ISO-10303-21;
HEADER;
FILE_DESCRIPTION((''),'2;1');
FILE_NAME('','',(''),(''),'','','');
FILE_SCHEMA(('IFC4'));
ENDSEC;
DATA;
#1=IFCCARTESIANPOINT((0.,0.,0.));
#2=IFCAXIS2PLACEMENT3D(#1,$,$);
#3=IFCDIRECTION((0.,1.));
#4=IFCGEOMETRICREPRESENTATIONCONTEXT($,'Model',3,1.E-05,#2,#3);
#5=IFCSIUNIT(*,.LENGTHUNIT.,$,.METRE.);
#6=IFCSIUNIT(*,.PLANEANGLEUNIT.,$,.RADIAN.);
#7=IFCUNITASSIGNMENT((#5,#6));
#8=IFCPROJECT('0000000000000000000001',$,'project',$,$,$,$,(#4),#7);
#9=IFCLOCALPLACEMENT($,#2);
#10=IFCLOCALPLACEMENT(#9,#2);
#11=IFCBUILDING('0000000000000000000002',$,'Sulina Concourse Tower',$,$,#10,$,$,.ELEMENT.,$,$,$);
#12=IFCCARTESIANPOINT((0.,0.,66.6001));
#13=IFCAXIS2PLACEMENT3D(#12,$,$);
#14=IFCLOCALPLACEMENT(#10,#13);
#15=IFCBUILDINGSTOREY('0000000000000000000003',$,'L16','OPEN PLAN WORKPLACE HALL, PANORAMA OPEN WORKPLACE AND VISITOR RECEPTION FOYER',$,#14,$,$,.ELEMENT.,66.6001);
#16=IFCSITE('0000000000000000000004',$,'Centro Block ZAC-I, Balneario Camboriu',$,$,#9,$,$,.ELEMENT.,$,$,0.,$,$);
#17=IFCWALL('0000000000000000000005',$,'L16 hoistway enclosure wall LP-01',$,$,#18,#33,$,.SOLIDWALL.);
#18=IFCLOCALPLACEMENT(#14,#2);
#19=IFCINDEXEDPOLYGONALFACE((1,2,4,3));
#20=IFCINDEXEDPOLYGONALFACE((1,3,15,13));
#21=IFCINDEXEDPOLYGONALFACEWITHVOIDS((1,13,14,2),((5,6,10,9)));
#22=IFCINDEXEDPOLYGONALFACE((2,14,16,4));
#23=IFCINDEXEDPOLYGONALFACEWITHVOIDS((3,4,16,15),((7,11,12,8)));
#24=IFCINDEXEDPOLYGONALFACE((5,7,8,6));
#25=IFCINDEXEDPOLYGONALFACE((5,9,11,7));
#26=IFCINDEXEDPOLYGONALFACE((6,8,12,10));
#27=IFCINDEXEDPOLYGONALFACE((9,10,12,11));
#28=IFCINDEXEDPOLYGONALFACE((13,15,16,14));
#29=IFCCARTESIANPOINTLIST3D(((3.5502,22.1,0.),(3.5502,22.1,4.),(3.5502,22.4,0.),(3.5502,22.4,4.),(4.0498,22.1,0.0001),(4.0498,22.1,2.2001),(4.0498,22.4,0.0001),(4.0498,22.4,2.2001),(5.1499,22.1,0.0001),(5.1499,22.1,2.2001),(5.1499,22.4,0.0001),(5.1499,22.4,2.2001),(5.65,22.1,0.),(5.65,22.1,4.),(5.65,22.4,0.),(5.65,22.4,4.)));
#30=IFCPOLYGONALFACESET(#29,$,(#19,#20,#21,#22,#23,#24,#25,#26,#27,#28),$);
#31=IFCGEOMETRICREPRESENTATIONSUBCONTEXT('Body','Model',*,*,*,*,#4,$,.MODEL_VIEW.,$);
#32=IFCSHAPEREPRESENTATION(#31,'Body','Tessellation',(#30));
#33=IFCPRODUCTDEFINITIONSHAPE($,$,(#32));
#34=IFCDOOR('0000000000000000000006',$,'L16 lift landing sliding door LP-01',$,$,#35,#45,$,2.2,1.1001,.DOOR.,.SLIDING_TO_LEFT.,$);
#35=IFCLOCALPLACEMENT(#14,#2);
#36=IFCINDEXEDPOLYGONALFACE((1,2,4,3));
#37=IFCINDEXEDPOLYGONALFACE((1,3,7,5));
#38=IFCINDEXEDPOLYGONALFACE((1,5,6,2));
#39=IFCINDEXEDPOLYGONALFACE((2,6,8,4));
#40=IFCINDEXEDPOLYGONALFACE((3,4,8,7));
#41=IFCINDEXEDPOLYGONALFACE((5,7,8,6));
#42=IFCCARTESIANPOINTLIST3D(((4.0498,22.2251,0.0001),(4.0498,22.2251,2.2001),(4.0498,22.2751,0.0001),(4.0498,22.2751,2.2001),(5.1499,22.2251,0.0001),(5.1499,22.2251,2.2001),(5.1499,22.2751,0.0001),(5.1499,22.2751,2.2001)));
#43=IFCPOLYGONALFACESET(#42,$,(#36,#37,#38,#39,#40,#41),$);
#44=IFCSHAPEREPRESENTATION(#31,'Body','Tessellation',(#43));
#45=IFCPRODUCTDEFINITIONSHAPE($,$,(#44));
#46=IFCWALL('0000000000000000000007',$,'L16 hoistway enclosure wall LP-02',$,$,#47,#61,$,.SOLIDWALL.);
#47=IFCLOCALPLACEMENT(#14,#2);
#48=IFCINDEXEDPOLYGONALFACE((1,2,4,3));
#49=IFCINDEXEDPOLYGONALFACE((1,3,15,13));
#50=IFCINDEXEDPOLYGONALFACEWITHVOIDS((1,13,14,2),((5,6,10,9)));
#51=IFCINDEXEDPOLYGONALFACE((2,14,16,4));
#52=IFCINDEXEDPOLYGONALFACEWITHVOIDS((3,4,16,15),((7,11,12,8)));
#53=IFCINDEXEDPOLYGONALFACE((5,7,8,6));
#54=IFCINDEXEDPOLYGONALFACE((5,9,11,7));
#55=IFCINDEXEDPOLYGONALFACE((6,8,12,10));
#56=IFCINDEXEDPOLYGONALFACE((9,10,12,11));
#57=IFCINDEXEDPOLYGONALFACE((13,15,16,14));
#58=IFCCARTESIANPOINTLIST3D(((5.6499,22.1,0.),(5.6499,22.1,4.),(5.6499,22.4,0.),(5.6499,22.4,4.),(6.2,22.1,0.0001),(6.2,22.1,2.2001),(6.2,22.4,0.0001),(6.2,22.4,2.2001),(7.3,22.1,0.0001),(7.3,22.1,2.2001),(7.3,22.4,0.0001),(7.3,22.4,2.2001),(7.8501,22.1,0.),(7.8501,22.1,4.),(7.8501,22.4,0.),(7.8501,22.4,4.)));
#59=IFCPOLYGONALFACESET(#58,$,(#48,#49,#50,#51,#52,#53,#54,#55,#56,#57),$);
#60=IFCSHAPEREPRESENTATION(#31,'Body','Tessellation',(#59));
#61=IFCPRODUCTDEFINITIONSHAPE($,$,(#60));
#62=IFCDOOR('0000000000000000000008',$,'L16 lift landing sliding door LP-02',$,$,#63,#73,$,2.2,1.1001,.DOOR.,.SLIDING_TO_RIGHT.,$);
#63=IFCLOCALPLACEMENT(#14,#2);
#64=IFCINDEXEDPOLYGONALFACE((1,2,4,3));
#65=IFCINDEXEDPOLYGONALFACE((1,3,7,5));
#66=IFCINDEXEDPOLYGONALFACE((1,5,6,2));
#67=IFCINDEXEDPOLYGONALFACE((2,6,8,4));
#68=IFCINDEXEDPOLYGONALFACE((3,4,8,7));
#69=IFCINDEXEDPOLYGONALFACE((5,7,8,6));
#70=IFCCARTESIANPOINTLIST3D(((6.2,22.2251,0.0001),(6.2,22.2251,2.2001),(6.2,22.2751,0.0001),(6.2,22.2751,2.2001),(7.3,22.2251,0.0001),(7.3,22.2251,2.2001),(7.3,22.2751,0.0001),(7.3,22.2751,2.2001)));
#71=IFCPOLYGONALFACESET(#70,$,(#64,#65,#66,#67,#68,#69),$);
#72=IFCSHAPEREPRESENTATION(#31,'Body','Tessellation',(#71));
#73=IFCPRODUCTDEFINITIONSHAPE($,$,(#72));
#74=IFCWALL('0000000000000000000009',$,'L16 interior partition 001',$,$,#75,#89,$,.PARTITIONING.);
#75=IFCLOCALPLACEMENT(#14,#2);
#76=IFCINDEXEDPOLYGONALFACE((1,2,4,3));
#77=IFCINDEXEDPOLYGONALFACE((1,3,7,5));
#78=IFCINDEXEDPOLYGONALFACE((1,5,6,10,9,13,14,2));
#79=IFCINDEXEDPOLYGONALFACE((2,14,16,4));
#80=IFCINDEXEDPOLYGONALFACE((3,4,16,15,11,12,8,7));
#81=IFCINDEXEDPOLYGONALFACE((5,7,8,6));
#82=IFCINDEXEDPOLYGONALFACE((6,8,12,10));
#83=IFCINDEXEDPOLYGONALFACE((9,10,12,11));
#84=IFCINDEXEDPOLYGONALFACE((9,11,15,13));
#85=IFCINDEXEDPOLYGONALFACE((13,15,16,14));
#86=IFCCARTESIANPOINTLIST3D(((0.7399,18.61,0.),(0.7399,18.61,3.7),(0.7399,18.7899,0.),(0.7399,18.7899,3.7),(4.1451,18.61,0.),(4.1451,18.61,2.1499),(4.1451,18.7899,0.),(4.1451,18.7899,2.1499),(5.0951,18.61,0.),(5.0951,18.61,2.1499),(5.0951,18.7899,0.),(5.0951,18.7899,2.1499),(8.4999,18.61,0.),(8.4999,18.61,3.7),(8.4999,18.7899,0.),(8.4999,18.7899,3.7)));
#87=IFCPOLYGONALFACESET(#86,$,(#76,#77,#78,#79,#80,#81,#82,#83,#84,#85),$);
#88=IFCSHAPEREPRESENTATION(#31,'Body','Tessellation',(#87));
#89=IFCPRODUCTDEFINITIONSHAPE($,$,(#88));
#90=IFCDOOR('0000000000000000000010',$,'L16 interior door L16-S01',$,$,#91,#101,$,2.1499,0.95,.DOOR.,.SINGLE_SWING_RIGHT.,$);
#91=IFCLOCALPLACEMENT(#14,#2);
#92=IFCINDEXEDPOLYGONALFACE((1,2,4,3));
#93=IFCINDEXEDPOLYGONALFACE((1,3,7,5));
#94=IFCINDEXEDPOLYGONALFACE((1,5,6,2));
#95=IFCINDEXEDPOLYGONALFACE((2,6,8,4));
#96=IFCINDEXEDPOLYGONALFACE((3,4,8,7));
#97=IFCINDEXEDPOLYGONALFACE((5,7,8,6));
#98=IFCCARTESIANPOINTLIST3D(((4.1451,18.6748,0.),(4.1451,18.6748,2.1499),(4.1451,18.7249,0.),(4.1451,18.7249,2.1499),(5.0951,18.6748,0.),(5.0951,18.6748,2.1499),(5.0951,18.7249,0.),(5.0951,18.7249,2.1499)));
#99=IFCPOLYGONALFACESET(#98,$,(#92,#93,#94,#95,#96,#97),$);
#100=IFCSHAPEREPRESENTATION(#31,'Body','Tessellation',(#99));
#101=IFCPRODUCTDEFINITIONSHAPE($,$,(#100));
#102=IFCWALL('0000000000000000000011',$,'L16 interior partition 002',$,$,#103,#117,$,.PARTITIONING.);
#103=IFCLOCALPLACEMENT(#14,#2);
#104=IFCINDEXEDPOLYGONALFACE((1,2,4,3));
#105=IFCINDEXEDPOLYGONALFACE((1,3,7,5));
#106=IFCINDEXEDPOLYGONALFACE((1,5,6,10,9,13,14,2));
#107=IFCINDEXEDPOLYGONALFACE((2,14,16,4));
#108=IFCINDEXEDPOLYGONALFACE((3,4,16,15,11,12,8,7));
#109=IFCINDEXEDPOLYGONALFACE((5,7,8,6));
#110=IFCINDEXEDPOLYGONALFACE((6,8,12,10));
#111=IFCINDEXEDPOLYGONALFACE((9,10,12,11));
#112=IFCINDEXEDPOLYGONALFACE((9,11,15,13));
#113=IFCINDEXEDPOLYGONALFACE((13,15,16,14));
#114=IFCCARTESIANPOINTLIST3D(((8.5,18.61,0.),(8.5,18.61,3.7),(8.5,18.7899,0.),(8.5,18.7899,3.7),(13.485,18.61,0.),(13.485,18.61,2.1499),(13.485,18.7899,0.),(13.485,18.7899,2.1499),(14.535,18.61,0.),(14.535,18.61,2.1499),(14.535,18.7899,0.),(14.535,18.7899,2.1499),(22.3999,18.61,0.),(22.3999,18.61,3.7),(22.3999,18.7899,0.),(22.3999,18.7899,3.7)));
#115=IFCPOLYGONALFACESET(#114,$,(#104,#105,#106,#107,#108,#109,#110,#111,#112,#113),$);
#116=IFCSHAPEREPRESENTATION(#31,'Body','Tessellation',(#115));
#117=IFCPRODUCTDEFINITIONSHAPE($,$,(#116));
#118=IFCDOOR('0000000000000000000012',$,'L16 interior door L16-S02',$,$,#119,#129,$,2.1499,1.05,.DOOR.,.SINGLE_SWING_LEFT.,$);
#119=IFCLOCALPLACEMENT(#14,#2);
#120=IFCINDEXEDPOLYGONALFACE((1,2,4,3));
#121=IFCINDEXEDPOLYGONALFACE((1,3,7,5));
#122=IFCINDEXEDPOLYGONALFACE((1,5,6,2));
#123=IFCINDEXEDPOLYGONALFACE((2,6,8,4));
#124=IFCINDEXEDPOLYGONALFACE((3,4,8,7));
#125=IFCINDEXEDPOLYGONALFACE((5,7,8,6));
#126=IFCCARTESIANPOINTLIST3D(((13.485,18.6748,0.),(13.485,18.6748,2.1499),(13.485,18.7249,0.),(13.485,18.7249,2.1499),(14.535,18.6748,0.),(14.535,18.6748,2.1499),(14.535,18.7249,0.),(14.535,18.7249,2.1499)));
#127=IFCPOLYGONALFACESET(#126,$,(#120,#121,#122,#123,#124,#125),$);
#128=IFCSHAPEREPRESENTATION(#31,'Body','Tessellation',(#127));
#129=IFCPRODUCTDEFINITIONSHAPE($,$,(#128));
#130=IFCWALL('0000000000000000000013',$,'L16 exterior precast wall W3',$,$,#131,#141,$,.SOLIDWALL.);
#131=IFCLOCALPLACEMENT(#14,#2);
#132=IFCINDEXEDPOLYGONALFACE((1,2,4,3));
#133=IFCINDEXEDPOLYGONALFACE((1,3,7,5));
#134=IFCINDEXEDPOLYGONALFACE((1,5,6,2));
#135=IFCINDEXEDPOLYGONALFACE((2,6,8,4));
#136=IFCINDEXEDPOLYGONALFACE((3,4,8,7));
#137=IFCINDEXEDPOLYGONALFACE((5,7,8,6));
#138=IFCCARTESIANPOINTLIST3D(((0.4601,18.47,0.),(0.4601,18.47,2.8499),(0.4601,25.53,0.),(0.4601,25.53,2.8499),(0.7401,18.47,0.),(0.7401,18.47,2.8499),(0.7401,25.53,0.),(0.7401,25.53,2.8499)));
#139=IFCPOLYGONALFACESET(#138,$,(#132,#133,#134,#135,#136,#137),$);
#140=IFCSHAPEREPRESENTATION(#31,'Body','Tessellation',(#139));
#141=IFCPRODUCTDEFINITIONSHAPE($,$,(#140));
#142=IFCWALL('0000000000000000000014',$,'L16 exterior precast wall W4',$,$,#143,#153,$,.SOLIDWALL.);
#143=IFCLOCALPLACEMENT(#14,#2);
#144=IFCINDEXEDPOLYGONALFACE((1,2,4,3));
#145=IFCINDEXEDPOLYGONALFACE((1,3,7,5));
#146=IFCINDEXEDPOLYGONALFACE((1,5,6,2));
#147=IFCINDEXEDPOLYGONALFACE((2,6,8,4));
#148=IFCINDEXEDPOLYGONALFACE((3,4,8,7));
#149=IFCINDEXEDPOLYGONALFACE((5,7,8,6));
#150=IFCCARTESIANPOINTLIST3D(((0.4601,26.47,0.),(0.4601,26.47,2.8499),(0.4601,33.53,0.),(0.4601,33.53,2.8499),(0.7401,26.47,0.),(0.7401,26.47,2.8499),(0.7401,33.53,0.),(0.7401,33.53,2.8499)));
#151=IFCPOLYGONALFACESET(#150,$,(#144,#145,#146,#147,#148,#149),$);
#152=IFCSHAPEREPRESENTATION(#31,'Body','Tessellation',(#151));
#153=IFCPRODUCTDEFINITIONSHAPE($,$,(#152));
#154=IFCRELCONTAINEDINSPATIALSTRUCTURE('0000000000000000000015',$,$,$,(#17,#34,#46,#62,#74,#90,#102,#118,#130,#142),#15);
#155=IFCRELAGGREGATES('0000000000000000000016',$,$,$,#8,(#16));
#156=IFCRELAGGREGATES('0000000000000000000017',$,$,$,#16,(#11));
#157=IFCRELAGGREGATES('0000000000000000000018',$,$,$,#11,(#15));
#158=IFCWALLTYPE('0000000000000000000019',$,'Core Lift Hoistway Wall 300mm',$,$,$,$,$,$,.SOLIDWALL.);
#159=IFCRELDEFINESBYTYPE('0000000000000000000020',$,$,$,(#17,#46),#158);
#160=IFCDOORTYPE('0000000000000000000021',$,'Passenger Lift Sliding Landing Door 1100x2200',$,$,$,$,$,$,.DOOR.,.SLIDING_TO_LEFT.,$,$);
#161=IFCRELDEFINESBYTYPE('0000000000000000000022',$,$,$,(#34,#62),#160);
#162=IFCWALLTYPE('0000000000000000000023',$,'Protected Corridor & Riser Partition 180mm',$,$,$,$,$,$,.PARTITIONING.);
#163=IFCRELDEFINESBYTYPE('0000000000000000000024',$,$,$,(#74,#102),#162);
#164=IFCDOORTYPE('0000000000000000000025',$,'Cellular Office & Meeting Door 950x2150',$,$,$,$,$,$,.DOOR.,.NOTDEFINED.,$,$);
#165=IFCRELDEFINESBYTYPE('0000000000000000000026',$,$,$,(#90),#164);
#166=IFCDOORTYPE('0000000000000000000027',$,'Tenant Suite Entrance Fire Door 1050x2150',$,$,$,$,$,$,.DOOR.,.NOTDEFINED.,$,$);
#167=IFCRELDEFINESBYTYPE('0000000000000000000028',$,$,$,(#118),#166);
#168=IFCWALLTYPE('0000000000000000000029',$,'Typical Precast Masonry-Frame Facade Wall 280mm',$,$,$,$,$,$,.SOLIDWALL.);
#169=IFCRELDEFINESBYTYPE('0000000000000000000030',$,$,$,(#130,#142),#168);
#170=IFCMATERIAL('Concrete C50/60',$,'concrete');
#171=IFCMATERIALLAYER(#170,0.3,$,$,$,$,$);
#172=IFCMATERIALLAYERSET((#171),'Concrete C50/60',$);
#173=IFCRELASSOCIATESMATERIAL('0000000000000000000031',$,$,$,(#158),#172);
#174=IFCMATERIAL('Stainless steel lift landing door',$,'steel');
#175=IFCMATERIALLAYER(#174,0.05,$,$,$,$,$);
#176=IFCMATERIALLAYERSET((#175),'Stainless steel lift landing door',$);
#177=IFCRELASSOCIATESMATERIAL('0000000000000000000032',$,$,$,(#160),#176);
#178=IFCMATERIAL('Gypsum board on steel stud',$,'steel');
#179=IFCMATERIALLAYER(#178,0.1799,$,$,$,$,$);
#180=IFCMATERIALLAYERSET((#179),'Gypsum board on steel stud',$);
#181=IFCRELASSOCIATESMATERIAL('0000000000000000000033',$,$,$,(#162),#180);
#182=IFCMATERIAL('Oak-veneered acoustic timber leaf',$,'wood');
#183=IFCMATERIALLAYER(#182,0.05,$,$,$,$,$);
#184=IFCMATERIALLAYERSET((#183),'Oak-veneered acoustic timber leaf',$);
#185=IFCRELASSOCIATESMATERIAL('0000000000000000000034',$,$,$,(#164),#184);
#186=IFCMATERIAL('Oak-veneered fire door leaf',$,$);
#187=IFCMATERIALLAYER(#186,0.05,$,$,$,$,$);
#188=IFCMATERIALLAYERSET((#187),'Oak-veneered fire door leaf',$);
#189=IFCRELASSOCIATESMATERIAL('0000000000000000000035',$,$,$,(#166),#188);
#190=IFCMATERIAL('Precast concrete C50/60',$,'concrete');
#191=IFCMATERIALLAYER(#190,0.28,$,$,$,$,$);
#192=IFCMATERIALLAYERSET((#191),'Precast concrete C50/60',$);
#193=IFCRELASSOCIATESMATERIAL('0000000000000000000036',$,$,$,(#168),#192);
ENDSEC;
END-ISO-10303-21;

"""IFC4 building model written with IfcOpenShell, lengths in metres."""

from ifc_helpers import new_model, si_unit, direction, frame, frame_2d, origin, place, context, subcontext, project, spatial, rectangle, extrude, material, layer, layer_set, type_object, element, fill, save


model = new_model("IFC4")

# Units and contexts
model_context = context("Model", 3, precision=1e-05, world=origin(), true_north=direction((0.0, 1.0)))
body_context = subcontext(model_context, "Body", "Model", "MODEL_VIEW")
ifc_project = project(units=[si_unit("LENGTHUNIT", "METRE"), si_unit("PLANEANGLEUNIT", "RADIAN")], contexts=[model_context])

# Site, building, storey
site_placement = place(None, origin())
site = spatial("IfcSite", under=ifc_project, at=site_placement, Name="Centro Block ZAC-I, Balneario Camboriu", CompositionType="ELEMENT", RefElevation=0.0)
building_placement = place(site_placement, origin())
building = spatial("IfcBuilding", under=site, at=building_placement, Name="Sulina Concourse Tower", CompositionType="ELEMENT")
storey_placement = place(building_placement, frame((0.0, 0.0, 66.6001)))
storey = spatial("IfcBuildingStorey", under=building, at=storey_placement, Name="L16", Description="OPEN PLAN WORKPLACE HALL, PANORAMA OPEN WORKPLACE AND VISITOR RECEPTION FOYER", CompositionType="ELEMENT", Elevation=66.6001)

# Walls, openings, doors
ifc_material_1 = material(Name="Concrete C50/60", Category="concrete")
ifc_layer_1 = layer(ifc_material_1, 0.3)
ifc_layer_set_1 = layer_set([ifc_layer_1], Name="Concrete C50/60")
wall_type_1 = type_object("IfcWallType", Name="Core Lift Hoistway Wall 300mm", PredefinedType="SOLIDWALL", material=ifc_layer_set_1)
wall_1_placement = place(storey_placement, frame((5.6499, 22.25, 0.0), z_axis=(0.0, 0.0, 1.0), x_axis=(-1.0, 0.0, 0.0)))
wall_1 = element("IfcWall", 1, at=wall_1_placement, inside=storey, type_object=wall_type_1, Name="L16 hoistway enclosure wall LP-01", PredefinedType="SOLIDWALL", context=body_context, shape_type="SweptSolid", body=[
    extrude(rectangle(XDim=2.0999, YDim=0.3, at=frame_2d((1.0498, 0.0))), origin(), (0.0, 0.0, 1.0), 4.0),
])
opening_1_placement = place(wall_1_placement, frame((0.5, 0.0, 0.0)))
opening_1 = element("IfcOpeningElement", 2, at=opening_1_placement, cuts=wall_1, PredefinedType="OPENING", context=body_context, shape_type="SweptSolid", body=[
    extrude(rectangle(XDim=1.1001, YDim=2.2, at=frame_2d((0.55, 1.1001))), frame((0.0, 0.1599, 0.0), z_axis=(0.0, -1.0, 0.0), x_axis=(1.0, 0.0, 0.0)), (0.0, 0.0, 1.0), 0.3201),
])
ifc_material_2 = material(Name="Stainless steel lift landing door", Category="steel")
ifc_layer_2 = layer(ifc_material_2, 0.05)
ifc_layer_set_2 = layer_set([ifc_layer_2], Name="Stainless steel lift landing door")
door_type_1 = type_object("IfcDoorType", Name="Passenger Lift Sliding Landing Door 1100x2200", OperationType="SLIDING_TO_LEFT", PredefinedType="DOOR", material=ifc_layer_set_2)
door_1_placement = place(opening_1_placement, origin())
door_1 = element("IfcDoor", 3, at=door_1_placement, inside=storey, type_object=door_type_1, Name="L16 lift landing sliding door LP-01", OperationType="SLIDING_TO_LEFT", OverallHeight=2.2, OverallWidth=1.1001, PredefinedType="DOOR", context=body_context, shape_type="SweptSolid", body=[
    extrude(rectangle(XDim=1.1001, YDim=2.2, at=frame_2d((0.55, 1.1001))), frame((0.0, 0.0249, 0.0), z_axis=(0.0, -1.0, 0.0), x_axis=(1.0, 0.0, 0.0)), (0.0, 0.0, 1.0), 0.05),
])
fill(opening_1, door_1)
wall_2_placement = place(storey_placement, frame((7.8501, 22.25, 0.0), z_axis=(0.0, 0.0, 1.0), x_axis=(-1.0, 0.0, 0.0)))
wall_2 = element("IfcWall", 4, at=wall_2_placement, inside=storey, type_object=wall_type_1, Name="L16 hoistway enclosure wall LP-02", PredefinedType="SOLIDWALL", context=body_context, shape_type="SweptSolid", body=[
    extrude(rectangle(XDim=2.2002, YDim=0.3, at=frame_2d((1.1001, 0.0))), origin(), (0.0, 0.0, 1.0), 4.0),
])
opening_2_placement = place(wall_2_placement, frame((0.55, 0.0, 0.0)))
opening_2 = element("IfcOpeningElement", 5, at=opening_2_placement, cuts=wall_2, PredefinedType="OPENING", context=body_context, shape_type="SweptSolid", body=[
    extrude(rectangle(XDim=1.1001, YDim=2.2, at=frame_2d((0.55, 1.1001))), frame((0.0, 0.1599, 0.0), z_axis=(0.0, -1.0, 0.0), x_axis=(1.0, 0.0, 0.0)), (0.0, 0.0, 1.0), 0.3201),
])
door_2_placement = place(opening_2_placement, origin())
door_2 = element("IfcDoor", 6, at=door_2_placement, inside=storey, type_object=door_type_1, Name="L16 lift landing sliding door LP-02", OperationType="SLIDING_TO_RIGHT", OverallHeight=2.2, OverallWidth=1.1001, PredefinedType="DOOR", context=body_context, shape_type="SweptSolid", body=[
    extrude(rectangle(XDim=1.1001, YDim=2.2, at=frame_2d((0.55, 1.1001))), frame((0.0, 0.0249, 0.0), z_axis=(0.0, -1.0, 0.0), x_axis=(1.0, 0.0, 0.0)), (0.0, 0.0, 1.0), 0.05),
])
fill(opening_2, door_2)
ifc_material_3 = material(Name="Gypsum board on steel stud", Category="steel")
ifc_layer_3 = layer(ifc_material_3, 0.1799)
ifc_layer_set_3 = layer_set([ifc_layer_3], Name="Gypsum board on steel stud")
wall_type_2 = type_object("IfcWallType", Name="Protected Corridor & Riser Partition 180mm", PredefinedType="PARTITIONING", material=ifc_layer_set_3)
wall_3_placement = place(storey_placement, frame((0.74, 18.7, 0.0), z_axis=(0.0, 0.0, 1.0), x_axis=(1.0, 0.0, 0.0)))
wall_3 = element("IfcWall", 7, at=wall_3_placement, inside=storey, type_object=wall_type_2, Name="L16 interior partition 001", PredefinedType="PARTITIONING", context=body_context, shape_type="SweptSolid", body=[
    extrude(rectangle(XDim=7.76, YDim=0.1799, at=frame_2d((3.8799, 0.0))), origin(), (0.0, 0.0, 1.0), 3.7),
])
opening_3_placement = place(wall_3_placement, frame((3.405, 0.0, 0.0)))
opening_3 = element("IfcOpeningElement", 8, at=opening_3_placement, cuts=wall_3, PredefinedType="OPENING", context=body_context, shape_type="SweptSolid", body=[
    extrude(rectangle(XDim=0.95, YDim=2.1499, at=frame_2d((0.4751, 1.075))), frame((0.0, 0.0999, 0.0), z_axis=(0.0, -1.0, 0.0), x_axis=(1.0, 0.0, 0.0)), (0.0, 0.0, 1.0), 0.2),
])
ifc_material_4 = material(Name="Oak-veneered acoustic timber leaf", Category="wood")
ifc_layer_4 = layer(ifc_material_4, 0.05)
ifc_layer_set_4 = layer_set([ifc_layer_4], Name="Oak-veneered acoustic timber leaf")
door_type_2 = type_object("IfcDoorType", Name="Cellular Office & Meeting Door 950x2150", OperationType="NOTDEFINED", PredefinedType="DOOR", material=ifc_layer_set_4)
door_3_placement = place(opening_3_placement, origin())
door_3 = element("IfcDoor", 9, at=door_3_placement, inside=storey, type_object=door_type_2, Name="L16 interior door L16-S01", OperationType="SINGLE_SWING_RIGHT", OverallHeight=2.1499, OverallWidth=0.95, PredefinedType="DOOR", context=body_context, shape_type="SweptSolid", body=[
    extrude(rectangle(XDim=0.95, YDim=2.1499, at=frame_2d((0.4751, 1.075))), frame((0.0, 0.0249, 0.0), z_axis=(0.0, -1.0, 0.0), x_axis=(1.0, 0.0, 0.0)), (0.0, 0.0, 1.0), 0.05),
])
fill(opening_3, door_3)
wall_4_placement = place(storey_placement, frame((8.5, 18.7, 0.0), z_axis=(0.0, 0.0, 1.0), x_axis=(1.0, 0.0, 0.0)))
wall_4 = element("IfcWall", 10, at=wall_4_placement, inside=storey, type_object=wall_type_2, Name="L16 interior partition 002", PredefinedType="PARTITIONING", context=body_context, shape_type="SweptSolid", body=[
    extrude(rectangle(XDim=13.8999, YDim=0.1799, at=frame_2d((6.95, 0.0))), origin(), (0.0, 0.0, 1.0), 3.7),
])
opening_4_placement = place(wall_4_placement, frame((4.9851, 0.0, 0.0)))
opening_4 = element("IfcOpeningElement", 11, at=opening_4_placement, cuts=wall_4, PredefinedType="OPENING", context=body_context, shape_type="SweptSolid", body=[
    extrude(rectangle(XDim=1.05, YDim=2.1499, at=frame_2d((0.5249, 1.075))), frame((0.0, 0.0999, 0.0), z_axis=(0.0, -1.0, 0.0), x_axis=(1.0, 0.0, 0.0)), (0.0, 0.0, 1.0), 0.2),
])
ifc_material_5 = material(Name="Oak-veneered fire door leaf")
ifc_layer_5 = layer(ifc_material_5, 0.05)
ifc_layer_set_5 = layer_set([ifc_layer_5], Name="Oak-veneered fire door leaf")
door_type_3 = type_object("IfcDoorType", Name="Tenant Suite Entrance Fire Door 1050x2150", OperationType="NOTDEFINED", PredefinedType="DOOR", material=ifc_layer_set_5)
door_4_placement = place(opening_4_placement, origin())
door_4 = element("IfcDoor", 12, at=door_4_placement, inside=storey, type_object=door_type_3, Name="L16 interior door L16-S02", OperationType="SINGLE_SWING_LEFT", OverallHeight=2.1499, OverallWidth=1.05, PredefinedType="DOOR", context=body_context, shape_type="SweptSolid", body=[
    extrude(rectangle(XDim=1.05, YDim=2.1499, at=frame_2d((0.5249, 1.075))), frame((0.0, 0.0249, 0.0), z_axis=(0.0, -1.0, 0.0), x_axis=(1.0, 0.0, 0.0)), (0.0, 0.0, 1.0), 0.05),
])
fill(opening_4, door_4)

# Walls
ifc_material_6 = material(Name="Precast concrete C50/60", Category="concrete")
ifc_layer_6 = layer(ifc_material_6, 0.28)
ifc_layer_set_6 = layer_set([ifc_layer_6], Name="Precast concrete C50/60")
wall_type_3 = type_object("IfcWallType", Name="Typical Precast Masonry-Frame Facade Wall 280mm", PredefinedType="SOLIDWALL", material=ifc_layer_set_6)
for number, where, z_axis, x_axis, name in (
    (13, (0.6001, 18.47, 0.0), (0.0, 0.0, 1.0), (0.0, 1.0, 0.0), "L16 exterior precast wall W3"),
    (14, (0.6001, 26.47, 0.0), (0.0, 0.0, 1.0), (0.0, 1.0, 0.0), "L16 exterior precast wall W4"),
):
    element("IfcWall", number, at=place(storey_placement, frame(where, z_axis=z_axis, x_axis=x_axis)), inside=storey, type_object=wall_type_3, Name=name, PredefinedType="SOLIDWALL", context=body_context, shape_type="SweptSolid", body=[
        extrude(rectangle(XDim=7.0601, YDim=0.28, at=frame_2d((3.53, 0.0))), origin(), (0.0, 0.0, 1.0), 2.8499),
    ])

save(model, "model.ifc")
